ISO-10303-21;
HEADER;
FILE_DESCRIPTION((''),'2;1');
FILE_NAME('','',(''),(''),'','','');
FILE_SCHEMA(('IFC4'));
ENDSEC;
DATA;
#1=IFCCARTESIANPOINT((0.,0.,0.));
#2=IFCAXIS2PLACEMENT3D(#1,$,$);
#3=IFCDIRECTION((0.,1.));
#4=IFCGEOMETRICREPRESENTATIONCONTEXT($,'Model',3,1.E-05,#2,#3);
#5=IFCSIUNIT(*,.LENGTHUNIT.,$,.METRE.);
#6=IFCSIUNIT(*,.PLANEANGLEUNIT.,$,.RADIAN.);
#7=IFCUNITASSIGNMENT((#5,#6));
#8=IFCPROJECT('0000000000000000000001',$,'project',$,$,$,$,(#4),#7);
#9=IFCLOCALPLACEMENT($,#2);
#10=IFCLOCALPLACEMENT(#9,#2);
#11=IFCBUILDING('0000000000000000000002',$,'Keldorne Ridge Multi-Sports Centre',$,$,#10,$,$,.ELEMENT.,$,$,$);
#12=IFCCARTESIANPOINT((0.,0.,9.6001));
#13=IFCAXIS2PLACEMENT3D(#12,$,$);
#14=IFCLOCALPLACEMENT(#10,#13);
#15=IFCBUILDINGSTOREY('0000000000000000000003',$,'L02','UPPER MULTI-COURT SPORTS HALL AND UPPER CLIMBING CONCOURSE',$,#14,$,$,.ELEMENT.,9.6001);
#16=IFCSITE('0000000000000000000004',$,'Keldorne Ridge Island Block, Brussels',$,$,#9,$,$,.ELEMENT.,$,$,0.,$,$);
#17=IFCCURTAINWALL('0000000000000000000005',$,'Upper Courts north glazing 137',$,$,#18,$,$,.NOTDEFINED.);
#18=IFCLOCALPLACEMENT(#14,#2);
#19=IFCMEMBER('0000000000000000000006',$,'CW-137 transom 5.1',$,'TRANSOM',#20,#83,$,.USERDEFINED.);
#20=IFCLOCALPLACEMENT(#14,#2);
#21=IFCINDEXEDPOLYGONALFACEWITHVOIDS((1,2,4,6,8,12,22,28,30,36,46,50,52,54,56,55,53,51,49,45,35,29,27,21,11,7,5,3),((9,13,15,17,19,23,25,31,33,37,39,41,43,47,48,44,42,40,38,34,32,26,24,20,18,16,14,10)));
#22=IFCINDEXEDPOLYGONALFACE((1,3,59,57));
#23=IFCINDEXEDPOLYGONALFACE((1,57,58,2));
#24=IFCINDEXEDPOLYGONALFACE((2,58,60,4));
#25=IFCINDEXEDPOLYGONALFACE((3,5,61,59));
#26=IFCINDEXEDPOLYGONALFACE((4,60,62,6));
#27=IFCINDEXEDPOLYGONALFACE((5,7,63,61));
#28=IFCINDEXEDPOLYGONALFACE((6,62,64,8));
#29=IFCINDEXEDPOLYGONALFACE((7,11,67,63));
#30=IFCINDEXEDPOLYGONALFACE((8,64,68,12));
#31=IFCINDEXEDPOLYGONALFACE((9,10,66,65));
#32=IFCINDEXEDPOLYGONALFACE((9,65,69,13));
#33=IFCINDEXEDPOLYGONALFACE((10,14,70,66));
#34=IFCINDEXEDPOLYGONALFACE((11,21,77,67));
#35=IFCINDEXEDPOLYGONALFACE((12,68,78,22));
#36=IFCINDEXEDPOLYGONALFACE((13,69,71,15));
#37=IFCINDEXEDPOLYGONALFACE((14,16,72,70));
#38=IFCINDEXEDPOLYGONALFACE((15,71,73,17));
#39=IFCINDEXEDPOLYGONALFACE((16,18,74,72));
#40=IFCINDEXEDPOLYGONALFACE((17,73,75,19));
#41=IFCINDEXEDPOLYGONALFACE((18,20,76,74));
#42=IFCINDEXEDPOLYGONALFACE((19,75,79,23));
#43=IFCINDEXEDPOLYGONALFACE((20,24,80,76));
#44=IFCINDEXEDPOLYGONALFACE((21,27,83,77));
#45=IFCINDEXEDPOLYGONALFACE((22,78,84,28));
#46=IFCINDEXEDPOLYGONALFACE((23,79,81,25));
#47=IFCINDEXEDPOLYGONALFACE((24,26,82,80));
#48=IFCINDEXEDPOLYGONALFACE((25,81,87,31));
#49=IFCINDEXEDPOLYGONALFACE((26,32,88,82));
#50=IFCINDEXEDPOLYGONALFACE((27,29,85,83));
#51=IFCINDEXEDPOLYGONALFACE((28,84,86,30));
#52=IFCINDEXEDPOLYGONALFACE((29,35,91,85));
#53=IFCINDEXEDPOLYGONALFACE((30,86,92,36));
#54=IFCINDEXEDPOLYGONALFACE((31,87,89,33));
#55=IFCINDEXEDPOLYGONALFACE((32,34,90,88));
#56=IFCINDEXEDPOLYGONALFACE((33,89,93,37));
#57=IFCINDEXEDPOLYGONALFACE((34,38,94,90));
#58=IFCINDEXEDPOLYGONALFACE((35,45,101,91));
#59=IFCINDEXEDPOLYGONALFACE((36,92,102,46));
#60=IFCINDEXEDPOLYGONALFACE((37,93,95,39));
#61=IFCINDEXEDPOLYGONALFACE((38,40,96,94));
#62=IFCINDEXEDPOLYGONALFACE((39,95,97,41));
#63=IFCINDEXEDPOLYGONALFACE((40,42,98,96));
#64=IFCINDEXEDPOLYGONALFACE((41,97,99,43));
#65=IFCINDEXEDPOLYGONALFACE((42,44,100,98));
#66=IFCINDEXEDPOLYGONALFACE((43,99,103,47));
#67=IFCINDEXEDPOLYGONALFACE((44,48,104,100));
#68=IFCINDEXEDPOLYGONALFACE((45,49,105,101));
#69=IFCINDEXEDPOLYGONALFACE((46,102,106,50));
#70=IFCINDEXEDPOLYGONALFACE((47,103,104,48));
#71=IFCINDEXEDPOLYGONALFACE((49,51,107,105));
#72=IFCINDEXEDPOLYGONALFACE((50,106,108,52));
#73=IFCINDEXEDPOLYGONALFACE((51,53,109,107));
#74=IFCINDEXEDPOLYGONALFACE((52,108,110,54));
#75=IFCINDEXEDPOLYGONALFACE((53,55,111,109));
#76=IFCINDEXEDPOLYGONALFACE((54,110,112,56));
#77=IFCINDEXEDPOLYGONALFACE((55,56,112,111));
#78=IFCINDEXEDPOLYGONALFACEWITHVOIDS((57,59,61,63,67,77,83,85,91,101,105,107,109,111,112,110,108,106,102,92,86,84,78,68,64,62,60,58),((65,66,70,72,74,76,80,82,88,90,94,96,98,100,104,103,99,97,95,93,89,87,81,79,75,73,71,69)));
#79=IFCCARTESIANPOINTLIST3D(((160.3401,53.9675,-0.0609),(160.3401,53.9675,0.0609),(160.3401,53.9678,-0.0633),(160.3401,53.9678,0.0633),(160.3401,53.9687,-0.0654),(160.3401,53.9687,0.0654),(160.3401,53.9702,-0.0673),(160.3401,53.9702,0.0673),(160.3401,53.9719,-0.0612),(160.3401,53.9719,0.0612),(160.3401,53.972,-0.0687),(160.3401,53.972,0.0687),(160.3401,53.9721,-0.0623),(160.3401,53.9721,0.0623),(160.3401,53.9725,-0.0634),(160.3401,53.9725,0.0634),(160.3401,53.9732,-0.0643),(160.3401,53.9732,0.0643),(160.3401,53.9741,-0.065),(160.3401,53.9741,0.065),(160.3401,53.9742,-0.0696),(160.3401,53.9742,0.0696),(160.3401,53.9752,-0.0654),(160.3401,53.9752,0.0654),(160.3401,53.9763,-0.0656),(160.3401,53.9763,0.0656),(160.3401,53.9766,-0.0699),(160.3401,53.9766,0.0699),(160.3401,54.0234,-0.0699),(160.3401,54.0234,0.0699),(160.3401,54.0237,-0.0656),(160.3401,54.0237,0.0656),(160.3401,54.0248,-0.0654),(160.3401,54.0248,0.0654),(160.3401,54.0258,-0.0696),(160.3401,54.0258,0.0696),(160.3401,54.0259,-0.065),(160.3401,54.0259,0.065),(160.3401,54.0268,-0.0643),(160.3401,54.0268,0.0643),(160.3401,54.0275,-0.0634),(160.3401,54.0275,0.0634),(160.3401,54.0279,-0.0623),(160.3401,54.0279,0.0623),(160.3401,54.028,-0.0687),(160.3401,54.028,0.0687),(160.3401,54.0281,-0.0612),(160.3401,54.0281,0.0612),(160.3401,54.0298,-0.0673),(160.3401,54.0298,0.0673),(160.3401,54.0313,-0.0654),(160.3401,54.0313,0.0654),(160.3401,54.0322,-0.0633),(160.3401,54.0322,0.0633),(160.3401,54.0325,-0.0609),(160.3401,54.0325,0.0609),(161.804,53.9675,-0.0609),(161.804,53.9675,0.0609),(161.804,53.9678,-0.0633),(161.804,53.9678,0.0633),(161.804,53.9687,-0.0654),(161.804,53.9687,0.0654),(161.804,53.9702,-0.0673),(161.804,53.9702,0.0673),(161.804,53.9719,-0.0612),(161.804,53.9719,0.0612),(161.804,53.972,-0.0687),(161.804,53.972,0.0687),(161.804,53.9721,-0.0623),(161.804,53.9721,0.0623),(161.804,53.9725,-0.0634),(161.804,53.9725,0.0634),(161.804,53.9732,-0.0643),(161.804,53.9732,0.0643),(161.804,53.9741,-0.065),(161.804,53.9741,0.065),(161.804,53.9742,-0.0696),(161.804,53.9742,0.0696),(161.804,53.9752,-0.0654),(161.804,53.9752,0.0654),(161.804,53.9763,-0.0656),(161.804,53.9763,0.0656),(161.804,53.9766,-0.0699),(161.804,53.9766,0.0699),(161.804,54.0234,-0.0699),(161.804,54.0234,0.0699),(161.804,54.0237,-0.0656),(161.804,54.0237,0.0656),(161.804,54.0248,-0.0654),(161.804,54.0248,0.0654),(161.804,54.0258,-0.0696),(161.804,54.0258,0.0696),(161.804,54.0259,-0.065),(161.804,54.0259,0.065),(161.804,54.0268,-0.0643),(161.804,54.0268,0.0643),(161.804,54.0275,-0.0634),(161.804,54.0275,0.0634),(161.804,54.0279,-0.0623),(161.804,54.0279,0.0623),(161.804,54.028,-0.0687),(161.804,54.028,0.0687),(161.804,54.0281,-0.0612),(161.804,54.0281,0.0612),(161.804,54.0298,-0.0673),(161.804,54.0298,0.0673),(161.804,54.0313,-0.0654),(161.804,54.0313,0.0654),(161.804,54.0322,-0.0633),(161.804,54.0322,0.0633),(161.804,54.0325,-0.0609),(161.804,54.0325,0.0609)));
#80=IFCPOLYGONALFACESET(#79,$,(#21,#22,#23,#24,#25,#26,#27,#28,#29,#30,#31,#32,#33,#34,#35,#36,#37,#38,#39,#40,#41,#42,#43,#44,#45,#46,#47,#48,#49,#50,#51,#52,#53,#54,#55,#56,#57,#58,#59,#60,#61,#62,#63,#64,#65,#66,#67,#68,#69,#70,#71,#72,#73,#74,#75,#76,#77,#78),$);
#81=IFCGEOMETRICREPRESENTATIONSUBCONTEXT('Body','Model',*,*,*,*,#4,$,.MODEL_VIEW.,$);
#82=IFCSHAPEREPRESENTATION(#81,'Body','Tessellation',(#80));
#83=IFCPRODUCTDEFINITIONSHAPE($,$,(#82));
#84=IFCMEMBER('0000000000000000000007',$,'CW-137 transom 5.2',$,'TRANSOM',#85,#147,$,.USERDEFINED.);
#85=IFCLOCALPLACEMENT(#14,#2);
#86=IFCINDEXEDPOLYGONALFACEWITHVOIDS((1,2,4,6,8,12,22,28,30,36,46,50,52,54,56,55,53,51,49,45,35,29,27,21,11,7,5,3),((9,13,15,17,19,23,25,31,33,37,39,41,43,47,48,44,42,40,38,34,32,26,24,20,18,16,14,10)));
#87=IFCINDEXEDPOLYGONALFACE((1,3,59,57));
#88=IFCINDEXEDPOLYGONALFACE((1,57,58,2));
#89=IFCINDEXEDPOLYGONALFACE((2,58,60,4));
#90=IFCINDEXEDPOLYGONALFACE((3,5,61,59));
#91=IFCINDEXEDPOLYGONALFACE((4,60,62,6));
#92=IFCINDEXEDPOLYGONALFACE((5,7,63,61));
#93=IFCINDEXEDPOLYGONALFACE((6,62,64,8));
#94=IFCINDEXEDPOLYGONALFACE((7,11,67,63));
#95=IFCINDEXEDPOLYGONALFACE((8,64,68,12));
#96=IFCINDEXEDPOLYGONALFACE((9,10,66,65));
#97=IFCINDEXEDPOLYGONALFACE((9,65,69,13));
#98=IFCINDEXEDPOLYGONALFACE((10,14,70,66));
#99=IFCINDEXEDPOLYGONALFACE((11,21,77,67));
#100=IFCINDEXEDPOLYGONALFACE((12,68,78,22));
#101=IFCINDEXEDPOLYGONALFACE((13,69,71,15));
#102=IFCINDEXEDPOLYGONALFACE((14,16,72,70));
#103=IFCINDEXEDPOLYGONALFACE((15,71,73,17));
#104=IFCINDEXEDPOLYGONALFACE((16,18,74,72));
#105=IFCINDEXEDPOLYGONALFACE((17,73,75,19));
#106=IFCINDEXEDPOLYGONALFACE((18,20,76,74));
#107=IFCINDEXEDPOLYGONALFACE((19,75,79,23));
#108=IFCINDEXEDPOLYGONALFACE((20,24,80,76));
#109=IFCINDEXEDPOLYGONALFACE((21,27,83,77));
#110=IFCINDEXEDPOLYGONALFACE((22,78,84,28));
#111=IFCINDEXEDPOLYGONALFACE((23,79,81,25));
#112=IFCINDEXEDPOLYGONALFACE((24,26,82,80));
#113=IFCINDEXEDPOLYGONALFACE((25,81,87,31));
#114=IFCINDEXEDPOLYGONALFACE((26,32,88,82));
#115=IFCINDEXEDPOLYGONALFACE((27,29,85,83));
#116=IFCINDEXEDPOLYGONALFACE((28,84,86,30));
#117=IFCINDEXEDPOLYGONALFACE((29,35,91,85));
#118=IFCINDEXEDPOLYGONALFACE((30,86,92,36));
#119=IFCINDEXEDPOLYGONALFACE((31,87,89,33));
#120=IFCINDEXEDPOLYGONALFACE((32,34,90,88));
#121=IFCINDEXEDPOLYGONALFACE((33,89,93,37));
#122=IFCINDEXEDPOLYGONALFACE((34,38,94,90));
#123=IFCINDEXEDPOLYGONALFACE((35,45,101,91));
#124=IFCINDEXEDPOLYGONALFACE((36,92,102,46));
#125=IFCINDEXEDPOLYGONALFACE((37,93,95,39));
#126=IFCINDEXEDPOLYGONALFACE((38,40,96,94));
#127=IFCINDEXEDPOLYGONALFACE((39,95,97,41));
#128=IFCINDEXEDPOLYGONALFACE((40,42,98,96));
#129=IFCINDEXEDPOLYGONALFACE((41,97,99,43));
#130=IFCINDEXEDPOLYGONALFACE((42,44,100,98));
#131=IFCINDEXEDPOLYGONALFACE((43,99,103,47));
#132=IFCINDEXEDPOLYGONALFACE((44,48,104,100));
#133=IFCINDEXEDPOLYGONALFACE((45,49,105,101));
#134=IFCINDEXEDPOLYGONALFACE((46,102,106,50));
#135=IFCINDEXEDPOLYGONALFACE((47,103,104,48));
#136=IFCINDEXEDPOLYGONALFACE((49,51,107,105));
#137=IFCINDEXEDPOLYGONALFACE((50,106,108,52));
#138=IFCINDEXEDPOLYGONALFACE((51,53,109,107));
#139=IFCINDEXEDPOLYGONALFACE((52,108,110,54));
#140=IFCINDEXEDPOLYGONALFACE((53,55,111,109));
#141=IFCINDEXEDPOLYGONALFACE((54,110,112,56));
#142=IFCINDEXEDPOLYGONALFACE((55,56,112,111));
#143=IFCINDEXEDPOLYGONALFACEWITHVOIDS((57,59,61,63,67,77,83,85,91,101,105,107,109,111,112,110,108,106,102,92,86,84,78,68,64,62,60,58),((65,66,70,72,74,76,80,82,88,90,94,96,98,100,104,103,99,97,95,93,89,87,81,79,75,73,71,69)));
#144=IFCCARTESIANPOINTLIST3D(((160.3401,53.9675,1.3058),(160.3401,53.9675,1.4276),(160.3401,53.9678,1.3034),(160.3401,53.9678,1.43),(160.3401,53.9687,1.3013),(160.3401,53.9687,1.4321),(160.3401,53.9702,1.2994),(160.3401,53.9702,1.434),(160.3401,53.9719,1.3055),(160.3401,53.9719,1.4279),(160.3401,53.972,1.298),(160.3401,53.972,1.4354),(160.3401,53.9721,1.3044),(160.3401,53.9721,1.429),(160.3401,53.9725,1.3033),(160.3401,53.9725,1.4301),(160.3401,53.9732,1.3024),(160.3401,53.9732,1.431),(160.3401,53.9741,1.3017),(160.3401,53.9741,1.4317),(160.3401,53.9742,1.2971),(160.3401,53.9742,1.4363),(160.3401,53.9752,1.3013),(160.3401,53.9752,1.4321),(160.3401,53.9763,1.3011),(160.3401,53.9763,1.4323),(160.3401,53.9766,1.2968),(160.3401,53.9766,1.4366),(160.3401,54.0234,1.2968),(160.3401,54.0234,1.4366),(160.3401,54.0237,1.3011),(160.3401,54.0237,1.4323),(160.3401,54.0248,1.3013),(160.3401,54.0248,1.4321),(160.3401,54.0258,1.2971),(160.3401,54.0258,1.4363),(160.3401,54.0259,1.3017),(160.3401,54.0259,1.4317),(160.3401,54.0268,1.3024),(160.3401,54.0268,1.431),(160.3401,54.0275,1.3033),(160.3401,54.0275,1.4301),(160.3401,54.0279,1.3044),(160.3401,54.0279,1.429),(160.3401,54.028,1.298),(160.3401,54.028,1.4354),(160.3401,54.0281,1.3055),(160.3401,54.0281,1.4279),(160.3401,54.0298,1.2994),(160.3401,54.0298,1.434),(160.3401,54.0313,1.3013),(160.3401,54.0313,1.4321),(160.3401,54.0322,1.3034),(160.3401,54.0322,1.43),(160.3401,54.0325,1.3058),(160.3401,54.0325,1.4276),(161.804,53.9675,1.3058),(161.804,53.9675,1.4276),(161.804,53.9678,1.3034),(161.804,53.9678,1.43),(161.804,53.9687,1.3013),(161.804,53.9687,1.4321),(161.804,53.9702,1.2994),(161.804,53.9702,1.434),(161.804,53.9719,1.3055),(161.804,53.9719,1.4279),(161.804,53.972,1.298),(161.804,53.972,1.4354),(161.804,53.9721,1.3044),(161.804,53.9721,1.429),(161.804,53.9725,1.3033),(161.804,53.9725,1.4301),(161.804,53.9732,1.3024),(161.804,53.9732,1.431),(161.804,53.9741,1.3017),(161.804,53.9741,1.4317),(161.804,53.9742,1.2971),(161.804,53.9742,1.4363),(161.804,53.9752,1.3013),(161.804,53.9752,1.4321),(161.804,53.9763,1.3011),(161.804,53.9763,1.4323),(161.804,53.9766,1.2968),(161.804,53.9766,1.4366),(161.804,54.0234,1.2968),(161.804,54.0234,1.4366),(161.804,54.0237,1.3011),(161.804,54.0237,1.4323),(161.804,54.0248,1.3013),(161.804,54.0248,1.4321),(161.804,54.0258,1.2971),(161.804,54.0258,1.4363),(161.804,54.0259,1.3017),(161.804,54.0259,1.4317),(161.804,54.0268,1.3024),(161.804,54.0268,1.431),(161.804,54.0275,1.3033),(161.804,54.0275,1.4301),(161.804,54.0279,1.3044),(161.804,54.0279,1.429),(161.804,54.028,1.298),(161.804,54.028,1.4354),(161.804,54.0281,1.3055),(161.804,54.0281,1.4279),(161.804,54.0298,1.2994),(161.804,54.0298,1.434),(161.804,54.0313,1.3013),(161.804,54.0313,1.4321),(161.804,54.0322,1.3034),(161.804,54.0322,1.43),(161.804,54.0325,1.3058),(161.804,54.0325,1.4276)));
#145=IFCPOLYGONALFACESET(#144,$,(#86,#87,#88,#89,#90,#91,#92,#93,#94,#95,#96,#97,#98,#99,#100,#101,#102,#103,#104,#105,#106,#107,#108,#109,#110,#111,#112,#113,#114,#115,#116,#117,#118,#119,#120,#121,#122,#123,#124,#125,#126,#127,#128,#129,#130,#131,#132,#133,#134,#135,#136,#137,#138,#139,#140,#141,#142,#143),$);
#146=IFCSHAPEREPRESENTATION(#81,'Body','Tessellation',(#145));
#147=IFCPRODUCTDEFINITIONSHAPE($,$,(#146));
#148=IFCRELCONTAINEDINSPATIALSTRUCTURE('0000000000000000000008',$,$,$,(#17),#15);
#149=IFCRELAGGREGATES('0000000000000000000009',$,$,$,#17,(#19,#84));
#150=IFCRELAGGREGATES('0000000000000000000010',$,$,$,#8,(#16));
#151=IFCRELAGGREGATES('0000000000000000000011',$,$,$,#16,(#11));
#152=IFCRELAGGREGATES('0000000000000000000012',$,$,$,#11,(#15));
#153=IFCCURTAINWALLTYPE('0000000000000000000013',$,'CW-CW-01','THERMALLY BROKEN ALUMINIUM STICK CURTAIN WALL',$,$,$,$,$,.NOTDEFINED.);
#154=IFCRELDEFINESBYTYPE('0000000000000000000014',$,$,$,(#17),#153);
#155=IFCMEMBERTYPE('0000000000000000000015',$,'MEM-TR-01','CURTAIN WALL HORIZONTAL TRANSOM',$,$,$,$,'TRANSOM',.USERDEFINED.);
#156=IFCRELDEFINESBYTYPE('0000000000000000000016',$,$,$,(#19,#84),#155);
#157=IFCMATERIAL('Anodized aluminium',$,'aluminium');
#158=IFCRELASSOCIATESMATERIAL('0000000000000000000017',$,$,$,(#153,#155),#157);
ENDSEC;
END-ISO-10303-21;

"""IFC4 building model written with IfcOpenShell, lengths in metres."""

from ifc_helpers import new_model, si_unit, direction, frame, origin, origin_2d, place, context, subcontext, project, spatial, hollow_rectangle, extrude, material, material_profile, profile_set, type_object, element, aggregate, save


model = new_model("IFC4")

# Units and contexts
model_context = context("Model", 3, precision=1e-05, world=origin(), true_north=direction((0.0, 1.0)))
body_context = subcontext(model_context, "Body", "Model", "MODEL_VIEW")
ifc_project = project(units=[si_unit("LENGTHUNIT", "METRE"), si_unit("PLANEANGLEUNIT", "RADIAN")], contexts=[model_context])

# Site, building, storey
site_placement = place(None, origin())
site = spatial("IfcSite", under=ifc_project, at=site_placement, Name="Keldorne Ridge Island Block, Brussels", CompositionType="ELEMENT", RefElevation=0.0)
building_placement = place(site_placement, origin())
building = spatial("IfcBuilding", under=site, at=building_placement, Name="Keldorne Ridge Multi-Sports Centre", CompositionType="ELEMENT")
storey_placement = place(building_placement, frame((0.0, 0.0, 9.6001)))
storey = spatial("IfcBuildingStorey", under=building, at=storey_placement, Name="L02", Description="UPPER MULTI-COURT SPORTS HALL AND UPPER CLIMBING CONCOURSE", CompositionType="ELEMENT", Elevation=9.6001)

# Curtain wall
ifc_material_1 = material(Name="Anodized aluminium", Category="aluminium")
curtain_wall_type_1 = type_object("IfcCurtainWallType", Name="CW-CW-01", Description="THERMALLY BROKEN ALUMINIUM STICK CURTAIN WALL", PredefinedType="NOTDEFINED", material=ifc_material_1)
curtain_wall_1_placement = place(storey_placement, origin())
curtain_wall_1 = element("IfcCurtainWall", 1, at=curtain_wall_1_placement, inside=storey, type_object=curtain_wall_type_1, Name="Upper Courts north glazing 137", PredefinedType="NOTDEFINED")
ifc_material_profile_1 = material_profile(ifc_material_1, hollow_rectangle(XDim=0.0649, YDim=0.1399, WallThickness=0.0044, InnerFilletRadius=0.0044, OuterFilletRadius=0.009, at=origin_2d()), Name="ALU TRANSOM 140x65x4.5")
ifc_profile_set_1 = profile_set([ifc_material_profile_1], Name="Anodized aluminium")
member_type_1 = type_object("IfcMemberType", Name="MEM-TR-01", Description="CURTAIN WALL HORIZONTAL TRANSOM", ElementType="TRANSOM", PredefinedType="USERDEFINED", material=ifc_profile_set_1)

# Members
member_1_placement = place(storey_placement, frame((161.804, 54.0, 0.0), z_axis=(-1.0, 0.0, 0.0), x_axis=(0.0, -1.0, 0.0)))
member_1 = element("IfcMember", 2, at=member_1_placement, type_object=member_type_1, Name="CW-137 transom 5.1", ObjectType="TRANSOM", PredefinedType="USERDEFINED", context=body_context, shape_type="SweptSolid", body=[
    extrude(hollow_rectangle(XDim=0.0649, YDim=0.1399, WallThickness=0.0044, InnerFilletRadius=0.0044, OuterFilletRadius=0.009, at=origin_2d()), origin(), (0.0, 0.0, 1.0), 1.4639),
])
member_2_placement = place(storey_placement, frame((161.804, 54.0, 1.3667), z_axis=(-1.0, 0.0, 0.0), x_axis=(0.0, -1.0, 0.0)))
member_2 = element("IfcMember", 3, at=member_2_placement, type_object=member_type_1, Name="CW-137 transom 5.2", ObjectType="TRANSOM", PredefinedType="USERDEFINED", context=body_context, shape_type="SweptSolid", body=[
    extrude(hollow_rectangle(XDim=0.0649, YDim=0.1399, WallThickness=0.0044, InnerFilletRadius=0.0044, OuterFilletRadius=0.009, at=origin_2d()), origin(), (0.0, 0.0, 1.0), 1.4639),
])

aggregate(curtain_wall_1, [member_1, member_2])

save(model, "model.ifc")
